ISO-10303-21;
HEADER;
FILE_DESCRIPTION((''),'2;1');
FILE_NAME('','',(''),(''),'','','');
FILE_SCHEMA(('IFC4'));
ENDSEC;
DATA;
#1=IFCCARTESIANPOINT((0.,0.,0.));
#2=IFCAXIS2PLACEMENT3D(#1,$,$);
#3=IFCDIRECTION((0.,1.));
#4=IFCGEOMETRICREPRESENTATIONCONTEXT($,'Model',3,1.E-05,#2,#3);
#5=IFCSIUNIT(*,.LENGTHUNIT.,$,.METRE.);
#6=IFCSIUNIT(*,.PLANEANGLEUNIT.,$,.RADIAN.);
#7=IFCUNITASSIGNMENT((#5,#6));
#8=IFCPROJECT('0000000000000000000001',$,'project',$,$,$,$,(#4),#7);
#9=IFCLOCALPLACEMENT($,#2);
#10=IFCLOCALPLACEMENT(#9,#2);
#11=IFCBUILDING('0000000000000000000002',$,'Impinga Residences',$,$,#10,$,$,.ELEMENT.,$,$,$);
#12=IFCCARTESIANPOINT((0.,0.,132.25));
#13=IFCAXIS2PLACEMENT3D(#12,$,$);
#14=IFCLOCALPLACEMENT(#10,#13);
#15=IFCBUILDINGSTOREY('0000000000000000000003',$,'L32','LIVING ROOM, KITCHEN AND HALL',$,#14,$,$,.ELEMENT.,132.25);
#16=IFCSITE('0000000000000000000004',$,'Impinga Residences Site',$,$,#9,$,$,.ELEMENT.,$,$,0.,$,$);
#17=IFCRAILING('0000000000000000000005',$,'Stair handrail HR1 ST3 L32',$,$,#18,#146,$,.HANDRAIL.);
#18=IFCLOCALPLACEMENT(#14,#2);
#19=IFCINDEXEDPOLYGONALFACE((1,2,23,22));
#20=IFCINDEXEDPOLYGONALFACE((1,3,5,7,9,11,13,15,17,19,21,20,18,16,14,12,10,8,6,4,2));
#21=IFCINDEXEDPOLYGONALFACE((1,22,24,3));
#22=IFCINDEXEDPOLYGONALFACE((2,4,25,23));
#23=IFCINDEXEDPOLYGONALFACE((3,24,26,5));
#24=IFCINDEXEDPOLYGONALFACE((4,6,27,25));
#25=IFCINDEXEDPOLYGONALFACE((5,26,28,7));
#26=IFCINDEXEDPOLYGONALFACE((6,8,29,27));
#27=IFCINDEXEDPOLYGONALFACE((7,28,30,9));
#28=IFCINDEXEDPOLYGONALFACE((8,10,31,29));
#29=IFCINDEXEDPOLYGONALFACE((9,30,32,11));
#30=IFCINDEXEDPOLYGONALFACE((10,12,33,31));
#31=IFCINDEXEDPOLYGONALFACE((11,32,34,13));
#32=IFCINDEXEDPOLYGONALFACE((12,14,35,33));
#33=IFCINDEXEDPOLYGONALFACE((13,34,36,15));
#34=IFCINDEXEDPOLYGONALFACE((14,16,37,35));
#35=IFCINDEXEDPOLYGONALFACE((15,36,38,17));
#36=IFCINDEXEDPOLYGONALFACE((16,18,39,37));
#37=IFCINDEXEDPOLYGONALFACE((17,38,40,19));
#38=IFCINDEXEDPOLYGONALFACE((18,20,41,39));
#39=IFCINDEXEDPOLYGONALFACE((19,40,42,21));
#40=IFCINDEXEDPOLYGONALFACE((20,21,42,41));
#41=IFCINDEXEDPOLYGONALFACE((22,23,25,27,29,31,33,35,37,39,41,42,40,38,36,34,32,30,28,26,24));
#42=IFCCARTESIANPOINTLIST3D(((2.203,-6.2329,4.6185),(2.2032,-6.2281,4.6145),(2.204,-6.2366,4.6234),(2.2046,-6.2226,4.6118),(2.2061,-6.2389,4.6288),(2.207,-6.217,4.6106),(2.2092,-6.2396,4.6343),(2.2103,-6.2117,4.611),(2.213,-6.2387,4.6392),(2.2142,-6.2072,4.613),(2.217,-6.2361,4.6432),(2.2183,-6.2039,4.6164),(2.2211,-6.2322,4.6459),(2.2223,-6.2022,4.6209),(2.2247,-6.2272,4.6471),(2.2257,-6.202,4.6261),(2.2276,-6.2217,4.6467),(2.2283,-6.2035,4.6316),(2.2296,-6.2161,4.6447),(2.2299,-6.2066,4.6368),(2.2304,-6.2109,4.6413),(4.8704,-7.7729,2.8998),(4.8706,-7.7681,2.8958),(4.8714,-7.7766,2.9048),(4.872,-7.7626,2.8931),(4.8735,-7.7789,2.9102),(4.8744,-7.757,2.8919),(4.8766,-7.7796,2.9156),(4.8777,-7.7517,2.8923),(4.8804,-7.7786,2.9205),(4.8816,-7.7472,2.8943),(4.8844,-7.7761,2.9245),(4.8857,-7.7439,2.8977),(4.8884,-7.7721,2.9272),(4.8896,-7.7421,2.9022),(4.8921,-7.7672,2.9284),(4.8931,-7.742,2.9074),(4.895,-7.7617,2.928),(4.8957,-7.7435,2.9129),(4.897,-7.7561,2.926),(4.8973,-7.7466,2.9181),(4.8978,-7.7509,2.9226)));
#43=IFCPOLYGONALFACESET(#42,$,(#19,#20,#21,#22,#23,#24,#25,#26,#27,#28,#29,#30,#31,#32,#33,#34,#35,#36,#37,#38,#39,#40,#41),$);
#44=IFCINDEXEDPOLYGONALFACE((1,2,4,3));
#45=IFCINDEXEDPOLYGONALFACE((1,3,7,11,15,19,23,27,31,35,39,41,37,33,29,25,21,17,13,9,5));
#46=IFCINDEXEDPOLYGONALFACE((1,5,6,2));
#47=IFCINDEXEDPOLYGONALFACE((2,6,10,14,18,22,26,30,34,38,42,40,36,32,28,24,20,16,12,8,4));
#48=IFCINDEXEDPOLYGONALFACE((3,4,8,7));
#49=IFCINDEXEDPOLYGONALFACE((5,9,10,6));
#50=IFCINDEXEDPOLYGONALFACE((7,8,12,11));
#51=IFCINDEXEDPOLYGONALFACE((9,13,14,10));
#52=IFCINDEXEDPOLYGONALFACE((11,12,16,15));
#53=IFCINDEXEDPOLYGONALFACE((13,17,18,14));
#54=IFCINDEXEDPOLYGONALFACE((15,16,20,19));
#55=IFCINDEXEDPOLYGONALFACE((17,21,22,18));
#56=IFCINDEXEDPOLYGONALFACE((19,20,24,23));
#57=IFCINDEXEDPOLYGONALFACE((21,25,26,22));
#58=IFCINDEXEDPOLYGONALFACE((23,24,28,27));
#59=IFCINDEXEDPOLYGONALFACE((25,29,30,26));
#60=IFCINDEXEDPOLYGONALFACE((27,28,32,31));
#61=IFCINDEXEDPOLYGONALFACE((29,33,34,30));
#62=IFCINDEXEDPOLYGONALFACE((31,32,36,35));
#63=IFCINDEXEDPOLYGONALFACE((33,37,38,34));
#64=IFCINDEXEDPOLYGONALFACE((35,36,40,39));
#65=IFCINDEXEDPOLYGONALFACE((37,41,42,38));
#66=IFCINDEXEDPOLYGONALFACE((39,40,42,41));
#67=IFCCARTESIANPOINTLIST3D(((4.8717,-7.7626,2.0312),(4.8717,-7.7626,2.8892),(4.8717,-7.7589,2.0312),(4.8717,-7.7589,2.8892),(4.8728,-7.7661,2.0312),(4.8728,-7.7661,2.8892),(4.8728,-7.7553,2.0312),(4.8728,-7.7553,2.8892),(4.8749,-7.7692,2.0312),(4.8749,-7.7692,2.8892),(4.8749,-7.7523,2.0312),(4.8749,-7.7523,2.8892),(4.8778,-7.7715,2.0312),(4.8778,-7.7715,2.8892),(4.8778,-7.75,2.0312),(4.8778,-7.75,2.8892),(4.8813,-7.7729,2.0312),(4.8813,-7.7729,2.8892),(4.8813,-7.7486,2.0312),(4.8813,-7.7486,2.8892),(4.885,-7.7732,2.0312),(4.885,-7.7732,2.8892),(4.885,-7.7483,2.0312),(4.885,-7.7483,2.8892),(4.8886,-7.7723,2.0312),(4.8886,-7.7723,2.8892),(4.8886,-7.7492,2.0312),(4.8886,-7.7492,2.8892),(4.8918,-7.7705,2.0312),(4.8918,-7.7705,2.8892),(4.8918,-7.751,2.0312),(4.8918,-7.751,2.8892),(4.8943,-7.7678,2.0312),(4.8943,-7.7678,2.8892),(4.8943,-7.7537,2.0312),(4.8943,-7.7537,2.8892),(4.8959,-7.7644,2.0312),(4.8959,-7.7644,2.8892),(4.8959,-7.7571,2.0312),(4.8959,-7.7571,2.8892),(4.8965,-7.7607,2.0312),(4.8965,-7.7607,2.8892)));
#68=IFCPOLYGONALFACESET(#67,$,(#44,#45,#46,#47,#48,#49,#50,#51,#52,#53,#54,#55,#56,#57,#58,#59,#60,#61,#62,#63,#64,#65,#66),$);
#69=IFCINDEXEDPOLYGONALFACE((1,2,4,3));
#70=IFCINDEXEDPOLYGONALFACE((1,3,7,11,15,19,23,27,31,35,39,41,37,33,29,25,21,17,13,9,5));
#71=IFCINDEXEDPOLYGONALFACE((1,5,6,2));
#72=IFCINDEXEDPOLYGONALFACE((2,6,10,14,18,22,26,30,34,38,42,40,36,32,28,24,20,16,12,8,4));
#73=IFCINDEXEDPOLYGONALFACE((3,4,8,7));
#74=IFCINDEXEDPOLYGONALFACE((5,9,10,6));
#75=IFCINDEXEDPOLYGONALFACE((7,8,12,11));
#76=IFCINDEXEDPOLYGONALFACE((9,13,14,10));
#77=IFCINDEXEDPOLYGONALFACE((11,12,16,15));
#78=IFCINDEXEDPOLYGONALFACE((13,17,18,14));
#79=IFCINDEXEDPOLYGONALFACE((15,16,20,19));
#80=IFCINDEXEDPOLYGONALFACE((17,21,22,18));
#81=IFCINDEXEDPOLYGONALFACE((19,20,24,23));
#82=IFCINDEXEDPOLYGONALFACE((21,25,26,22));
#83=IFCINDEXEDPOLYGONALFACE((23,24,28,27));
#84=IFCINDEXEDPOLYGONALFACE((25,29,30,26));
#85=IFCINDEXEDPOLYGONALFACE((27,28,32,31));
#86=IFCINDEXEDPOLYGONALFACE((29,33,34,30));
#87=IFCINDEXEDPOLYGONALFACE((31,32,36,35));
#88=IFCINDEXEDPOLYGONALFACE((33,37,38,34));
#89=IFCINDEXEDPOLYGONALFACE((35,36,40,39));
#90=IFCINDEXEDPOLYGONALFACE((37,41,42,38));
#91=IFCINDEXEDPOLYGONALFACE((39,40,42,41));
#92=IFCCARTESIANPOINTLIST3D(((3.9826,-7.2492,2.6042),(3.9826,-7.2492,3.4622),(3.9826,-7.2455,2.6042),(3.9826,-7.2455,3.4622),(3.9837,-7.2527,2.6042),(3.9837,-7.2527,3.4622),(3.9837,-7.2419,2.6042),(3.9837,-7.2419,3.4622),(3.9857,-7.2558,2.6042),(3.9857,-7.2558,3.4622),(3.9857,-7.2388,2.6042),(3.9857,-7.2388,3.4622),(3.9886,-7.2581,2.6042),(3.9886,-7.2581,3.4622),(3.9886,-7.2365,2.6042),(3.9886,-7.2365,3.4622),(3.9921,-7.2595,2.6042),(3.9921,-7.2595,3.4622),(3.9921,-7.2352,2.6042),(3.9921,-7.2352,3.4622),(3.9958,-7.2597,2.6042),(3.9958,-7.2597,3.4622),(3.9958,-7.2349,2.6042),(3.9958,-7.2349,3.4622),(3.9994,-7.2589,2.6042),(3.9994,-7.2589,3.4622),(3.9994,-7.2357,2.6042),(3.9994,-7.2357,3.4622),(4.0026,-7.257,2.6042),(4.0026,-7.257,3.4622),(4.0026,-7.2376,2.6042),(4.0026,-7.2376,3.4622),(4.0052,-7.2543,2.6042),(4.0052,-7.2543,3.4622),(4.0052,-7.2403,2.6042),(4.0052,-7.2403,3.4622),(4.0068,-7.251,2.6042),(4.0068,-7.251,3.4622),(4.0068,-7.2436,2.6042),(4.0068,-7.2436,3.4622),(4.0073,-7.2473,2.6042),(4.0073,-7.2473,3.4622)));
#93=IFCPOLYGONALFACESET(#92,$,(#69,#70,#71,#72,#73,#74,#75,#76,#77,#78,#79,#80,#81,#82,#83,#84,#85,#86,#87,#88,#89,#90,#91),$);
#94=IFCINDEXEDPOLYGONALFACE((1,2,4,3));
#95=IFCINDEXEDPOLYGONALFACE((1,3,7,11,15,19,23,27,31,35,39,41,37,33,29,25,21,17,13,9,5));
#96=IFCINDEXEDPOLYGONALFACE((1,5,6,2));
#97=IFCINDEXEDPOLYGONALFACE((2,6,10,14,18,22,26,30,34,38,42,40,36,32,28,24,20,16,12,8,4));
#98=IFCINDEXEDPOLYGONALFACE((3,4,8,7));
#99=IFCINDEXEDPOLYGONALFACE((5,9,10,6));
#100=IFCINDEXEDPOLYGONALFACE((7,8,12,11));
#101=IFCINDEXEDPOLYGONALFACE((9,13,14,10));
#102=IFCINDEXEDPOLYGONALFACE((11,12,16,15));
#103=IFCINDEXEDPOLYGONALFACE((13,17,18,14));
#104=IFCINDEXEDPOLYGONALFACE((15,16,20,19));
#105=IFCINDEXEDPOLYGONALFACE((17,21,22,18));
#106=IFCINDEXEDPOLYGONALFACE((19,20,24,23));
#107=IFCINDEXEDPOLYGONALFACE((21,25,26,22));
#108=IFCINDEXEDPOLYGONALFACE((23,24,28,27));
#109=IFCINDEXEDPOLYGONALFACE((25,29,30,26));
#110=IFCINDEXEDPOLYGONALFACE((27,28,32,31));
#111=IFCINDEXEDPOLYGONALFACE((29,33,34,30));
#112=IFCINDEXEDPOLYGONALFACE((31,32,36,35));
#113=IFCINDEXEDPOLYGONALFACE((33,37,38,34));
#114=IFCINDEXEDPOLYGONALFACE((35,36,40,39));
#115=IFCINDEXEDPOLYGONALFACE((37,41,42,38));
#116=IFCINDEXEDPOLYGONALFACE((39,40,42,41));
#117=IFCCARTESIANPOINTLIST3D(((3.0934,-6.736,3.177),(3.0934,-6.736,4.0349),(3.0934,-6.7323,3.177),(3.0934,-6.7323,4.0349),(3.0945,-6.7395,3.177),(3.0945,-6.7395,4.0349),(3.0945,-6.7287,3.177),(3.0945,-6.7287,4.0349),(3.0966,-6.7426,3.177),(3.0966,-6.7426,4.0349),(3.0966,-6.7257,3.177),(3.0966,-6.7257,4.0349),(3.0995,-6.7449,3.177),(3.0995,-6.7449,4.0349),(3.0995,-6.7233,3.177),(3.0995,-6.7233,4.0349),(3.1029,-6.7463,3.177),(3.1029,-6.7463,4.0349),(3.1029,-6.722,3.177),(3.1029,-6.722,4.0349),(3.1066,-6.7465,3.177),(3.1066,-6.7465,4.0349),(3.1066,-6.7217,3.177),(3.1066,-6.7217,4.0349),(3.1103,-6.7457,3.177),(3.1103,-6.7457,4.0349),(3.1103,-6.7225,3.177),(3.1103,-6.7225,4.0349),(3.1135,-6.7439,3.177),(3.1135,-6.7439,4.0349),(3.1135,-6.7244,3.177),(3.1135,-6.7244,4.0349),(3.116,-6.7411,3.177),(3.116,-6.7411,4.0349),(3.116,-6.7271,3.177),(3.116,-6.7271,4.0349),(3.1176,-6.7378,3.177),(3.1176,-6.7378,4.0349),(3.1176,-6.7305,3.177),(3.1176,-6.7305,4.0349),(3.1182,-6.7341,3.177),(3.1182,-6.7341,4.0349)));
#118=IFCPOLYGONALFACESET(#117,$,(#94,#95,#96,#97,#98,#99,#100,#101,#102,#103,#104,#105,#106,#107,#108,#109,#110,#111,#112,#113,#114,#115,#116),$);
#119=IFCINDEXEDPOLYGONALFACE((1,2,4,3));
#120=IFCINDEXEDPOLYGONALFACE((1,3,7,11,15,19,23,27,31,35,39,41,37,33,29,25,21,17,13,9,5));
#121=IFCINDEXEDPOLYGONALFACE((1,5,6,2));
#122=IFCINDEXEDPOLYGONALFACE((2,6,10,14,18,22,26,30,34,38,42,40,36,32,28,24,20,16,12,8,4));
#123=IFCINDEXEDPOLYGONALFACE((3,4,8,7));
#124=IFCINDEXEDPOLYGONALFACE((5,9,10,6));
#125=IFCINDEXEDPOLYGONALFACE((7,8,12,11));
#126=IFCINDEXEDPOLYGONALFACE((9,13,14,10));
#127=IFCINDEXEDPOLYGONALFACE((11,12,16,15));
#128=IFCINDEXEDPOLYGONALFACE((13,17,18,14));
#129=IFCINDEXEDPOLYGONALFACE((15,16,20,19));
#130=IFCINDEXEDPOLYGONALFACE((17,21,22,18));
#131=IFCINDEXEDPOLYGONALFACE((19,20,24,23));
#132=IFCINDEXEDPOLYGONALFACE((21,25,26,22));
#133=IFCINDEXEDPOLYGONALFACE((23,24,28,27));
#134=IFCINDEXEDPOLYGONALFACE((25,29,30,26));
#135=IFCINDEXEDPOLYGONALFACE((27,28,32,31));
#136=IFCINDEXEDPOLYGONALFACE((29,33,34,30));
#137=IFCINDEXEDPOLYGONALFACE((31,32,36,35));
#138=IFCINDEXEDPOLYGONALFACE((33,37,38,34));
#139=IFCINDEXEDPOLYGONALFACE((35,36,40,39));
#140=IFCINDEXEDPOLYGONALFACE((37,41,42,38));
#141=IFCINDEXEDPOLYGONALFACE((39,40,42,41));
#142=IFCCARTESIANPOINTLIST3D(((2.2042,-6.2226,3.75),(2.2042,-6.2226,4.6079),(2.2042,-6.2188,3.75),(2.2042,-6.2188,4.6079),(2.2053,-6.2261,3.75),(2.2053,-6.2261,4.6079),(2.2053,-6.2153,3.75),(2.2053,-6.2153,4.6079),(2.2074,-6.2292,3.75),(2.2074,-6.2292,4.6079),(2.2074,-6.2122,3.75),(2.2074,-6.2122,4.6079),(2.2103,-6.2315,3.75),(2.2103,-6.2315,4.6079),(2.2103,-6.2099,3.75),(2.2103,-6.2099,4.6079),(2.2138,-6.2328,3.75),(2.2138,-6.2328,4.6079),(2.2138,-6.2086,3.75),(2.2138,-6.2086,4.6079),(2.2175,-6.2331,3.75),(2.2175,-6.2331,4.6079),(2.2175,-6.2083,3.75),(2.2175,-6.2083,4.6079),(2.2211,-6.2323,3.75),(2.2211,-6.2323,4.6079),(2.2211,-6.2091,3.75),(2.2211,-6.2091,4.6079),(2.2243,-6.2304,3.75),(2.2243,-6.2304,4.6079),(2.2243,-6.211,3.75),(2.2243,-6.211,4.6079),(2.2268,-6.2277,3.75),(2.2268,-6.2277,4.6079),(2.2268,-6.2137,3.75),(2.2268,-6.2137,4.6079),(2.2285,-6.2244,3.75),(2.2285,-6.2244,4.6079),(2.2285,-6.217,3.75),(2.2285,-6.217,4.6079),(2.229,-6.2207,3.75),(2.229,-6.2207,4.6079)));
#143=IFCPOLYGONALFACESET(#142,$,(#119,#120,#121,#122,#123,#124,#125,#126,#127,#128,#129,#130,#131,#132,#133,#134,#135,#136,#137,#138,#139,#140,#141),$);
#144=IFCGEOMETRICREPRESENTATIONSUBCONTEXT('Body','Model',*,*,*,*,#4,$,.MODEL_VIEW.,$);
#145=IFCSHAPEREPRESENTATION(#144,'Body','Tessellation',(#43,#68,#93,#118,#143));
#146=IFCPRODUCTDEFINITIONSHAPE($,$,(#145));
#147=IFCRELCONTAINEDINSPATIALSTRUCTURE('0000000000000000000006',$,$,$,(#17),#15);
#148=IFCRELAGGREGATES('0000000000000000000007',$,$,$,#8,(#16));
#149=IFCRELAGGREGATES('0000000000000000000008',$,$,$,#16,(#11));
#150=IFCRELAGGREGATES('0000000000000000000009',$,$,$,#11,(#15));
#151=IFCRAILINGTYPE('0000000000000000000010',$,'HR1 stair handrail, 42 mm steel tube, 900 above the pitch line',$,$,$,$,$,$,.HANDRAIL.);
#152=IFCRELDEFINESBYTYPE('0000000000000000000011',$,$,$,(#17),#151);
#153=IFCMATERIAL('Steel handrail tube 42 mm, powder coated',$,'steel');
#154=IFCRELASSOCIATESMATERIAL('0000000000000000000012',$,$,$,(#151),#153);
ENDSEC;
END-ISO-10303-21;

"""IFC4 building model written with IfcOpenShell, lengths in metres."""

from ifc_helpers import new_model, si_unit, direction, frame, origin, origin_2d, place, context, subcontext, project, spatial, circle, extrude, material, type_object, element, save


model = new_model("IFC4")

# Units and contexts
model_context = context("Model", 3, precision=1e-05, world=origin(), true_north=direction((0.0, 1.0)))
body_context = subcontext(model_context, "Body", "Model", "MODEL_VIEW")
ifc_project = project(units=[si_unit("LENGTHUNIT", "METRE"), si_unit("PLANEANGLEUNIT", "RADIAN")], contexts=[model_context])

# Site, building, storey
site_placement = place(None, origin())
site = spatial("IfcSite", under=ifc_project, at=site_placement, Name="Impinga Residences Site", CompositionType="ELEMENT", RefElevation=0.0)
building_placement = place(site_placement, origin())
building = spatial("IfcBuilding", under=site, at=building_placement, Name="Impinga Residences", CompositionType="ELEMENT")
storey_placement = place(building_placement, frame((0.0, 0.0, 132.25)))
storey = spatial("IfcBuildingStorey", under=building, at=storey_placement, Name="L32", Description="LIVING ROOM, KITCHEN AND HALL", CompositionType="ELEMENT", Elevation=132.25)

# Railing
ifc_material_1 = material(Name="Steel handrail tube 42 mm, powder coated", Category="steel")
railing_type_1 = type_object("IfcRailingType", Name="HR1 stair handrail, 42 mm steel tube, 900 above the pitch line", PredefinedType="HANDRAIL", material=ifc_material_1)
railing_1_placement = place(storey_placement, frame((4.884, -7.7607, 2.0312)))
element("IfcRailing", 1, at=railing_1_placement, inside=storey, type_object=railing_type_1, Name="Stair handrail HR1 ST3 L32", PredefinedType="HANDRAIL", context=body_context, shape_type="SweptSolid", body=[
    extrude(circle(Radius=0.021, at=origin_2d()), frame((0.0, 0.0, 0.8789), z_axis=(-0.756256, 0.436616, 0.487282), x_axis=(-0.499992, -0.86603, 0.0)), (0.0, 0.0, 1.0), 3.5271),
    extrude(circle(Radius=0.0125, at=origin_2d()), origin(), (0.0, 0.0, 1.0), 0.8579),
    extrude(circle(Radius=0.0125, at=origin_2d()), frame((-0.8892, 0.5134, 0.573)), (0.0, 0.0, 1.0), 0.8579),
    extrude(circle(Radius=0.0125, at=origin_2d()), frame((-1.7783, 1.0266, 1.1458)), (0.0, 0.0, 1.0), 0.8579),
    extrude(circle(Radius=0.0125, at=origin_2d()), frame((-2.6675, 1.54, 1.7188)), (0.0, 0.0, 1.0), 0.8579),
])

save(model, "model.ifc")
